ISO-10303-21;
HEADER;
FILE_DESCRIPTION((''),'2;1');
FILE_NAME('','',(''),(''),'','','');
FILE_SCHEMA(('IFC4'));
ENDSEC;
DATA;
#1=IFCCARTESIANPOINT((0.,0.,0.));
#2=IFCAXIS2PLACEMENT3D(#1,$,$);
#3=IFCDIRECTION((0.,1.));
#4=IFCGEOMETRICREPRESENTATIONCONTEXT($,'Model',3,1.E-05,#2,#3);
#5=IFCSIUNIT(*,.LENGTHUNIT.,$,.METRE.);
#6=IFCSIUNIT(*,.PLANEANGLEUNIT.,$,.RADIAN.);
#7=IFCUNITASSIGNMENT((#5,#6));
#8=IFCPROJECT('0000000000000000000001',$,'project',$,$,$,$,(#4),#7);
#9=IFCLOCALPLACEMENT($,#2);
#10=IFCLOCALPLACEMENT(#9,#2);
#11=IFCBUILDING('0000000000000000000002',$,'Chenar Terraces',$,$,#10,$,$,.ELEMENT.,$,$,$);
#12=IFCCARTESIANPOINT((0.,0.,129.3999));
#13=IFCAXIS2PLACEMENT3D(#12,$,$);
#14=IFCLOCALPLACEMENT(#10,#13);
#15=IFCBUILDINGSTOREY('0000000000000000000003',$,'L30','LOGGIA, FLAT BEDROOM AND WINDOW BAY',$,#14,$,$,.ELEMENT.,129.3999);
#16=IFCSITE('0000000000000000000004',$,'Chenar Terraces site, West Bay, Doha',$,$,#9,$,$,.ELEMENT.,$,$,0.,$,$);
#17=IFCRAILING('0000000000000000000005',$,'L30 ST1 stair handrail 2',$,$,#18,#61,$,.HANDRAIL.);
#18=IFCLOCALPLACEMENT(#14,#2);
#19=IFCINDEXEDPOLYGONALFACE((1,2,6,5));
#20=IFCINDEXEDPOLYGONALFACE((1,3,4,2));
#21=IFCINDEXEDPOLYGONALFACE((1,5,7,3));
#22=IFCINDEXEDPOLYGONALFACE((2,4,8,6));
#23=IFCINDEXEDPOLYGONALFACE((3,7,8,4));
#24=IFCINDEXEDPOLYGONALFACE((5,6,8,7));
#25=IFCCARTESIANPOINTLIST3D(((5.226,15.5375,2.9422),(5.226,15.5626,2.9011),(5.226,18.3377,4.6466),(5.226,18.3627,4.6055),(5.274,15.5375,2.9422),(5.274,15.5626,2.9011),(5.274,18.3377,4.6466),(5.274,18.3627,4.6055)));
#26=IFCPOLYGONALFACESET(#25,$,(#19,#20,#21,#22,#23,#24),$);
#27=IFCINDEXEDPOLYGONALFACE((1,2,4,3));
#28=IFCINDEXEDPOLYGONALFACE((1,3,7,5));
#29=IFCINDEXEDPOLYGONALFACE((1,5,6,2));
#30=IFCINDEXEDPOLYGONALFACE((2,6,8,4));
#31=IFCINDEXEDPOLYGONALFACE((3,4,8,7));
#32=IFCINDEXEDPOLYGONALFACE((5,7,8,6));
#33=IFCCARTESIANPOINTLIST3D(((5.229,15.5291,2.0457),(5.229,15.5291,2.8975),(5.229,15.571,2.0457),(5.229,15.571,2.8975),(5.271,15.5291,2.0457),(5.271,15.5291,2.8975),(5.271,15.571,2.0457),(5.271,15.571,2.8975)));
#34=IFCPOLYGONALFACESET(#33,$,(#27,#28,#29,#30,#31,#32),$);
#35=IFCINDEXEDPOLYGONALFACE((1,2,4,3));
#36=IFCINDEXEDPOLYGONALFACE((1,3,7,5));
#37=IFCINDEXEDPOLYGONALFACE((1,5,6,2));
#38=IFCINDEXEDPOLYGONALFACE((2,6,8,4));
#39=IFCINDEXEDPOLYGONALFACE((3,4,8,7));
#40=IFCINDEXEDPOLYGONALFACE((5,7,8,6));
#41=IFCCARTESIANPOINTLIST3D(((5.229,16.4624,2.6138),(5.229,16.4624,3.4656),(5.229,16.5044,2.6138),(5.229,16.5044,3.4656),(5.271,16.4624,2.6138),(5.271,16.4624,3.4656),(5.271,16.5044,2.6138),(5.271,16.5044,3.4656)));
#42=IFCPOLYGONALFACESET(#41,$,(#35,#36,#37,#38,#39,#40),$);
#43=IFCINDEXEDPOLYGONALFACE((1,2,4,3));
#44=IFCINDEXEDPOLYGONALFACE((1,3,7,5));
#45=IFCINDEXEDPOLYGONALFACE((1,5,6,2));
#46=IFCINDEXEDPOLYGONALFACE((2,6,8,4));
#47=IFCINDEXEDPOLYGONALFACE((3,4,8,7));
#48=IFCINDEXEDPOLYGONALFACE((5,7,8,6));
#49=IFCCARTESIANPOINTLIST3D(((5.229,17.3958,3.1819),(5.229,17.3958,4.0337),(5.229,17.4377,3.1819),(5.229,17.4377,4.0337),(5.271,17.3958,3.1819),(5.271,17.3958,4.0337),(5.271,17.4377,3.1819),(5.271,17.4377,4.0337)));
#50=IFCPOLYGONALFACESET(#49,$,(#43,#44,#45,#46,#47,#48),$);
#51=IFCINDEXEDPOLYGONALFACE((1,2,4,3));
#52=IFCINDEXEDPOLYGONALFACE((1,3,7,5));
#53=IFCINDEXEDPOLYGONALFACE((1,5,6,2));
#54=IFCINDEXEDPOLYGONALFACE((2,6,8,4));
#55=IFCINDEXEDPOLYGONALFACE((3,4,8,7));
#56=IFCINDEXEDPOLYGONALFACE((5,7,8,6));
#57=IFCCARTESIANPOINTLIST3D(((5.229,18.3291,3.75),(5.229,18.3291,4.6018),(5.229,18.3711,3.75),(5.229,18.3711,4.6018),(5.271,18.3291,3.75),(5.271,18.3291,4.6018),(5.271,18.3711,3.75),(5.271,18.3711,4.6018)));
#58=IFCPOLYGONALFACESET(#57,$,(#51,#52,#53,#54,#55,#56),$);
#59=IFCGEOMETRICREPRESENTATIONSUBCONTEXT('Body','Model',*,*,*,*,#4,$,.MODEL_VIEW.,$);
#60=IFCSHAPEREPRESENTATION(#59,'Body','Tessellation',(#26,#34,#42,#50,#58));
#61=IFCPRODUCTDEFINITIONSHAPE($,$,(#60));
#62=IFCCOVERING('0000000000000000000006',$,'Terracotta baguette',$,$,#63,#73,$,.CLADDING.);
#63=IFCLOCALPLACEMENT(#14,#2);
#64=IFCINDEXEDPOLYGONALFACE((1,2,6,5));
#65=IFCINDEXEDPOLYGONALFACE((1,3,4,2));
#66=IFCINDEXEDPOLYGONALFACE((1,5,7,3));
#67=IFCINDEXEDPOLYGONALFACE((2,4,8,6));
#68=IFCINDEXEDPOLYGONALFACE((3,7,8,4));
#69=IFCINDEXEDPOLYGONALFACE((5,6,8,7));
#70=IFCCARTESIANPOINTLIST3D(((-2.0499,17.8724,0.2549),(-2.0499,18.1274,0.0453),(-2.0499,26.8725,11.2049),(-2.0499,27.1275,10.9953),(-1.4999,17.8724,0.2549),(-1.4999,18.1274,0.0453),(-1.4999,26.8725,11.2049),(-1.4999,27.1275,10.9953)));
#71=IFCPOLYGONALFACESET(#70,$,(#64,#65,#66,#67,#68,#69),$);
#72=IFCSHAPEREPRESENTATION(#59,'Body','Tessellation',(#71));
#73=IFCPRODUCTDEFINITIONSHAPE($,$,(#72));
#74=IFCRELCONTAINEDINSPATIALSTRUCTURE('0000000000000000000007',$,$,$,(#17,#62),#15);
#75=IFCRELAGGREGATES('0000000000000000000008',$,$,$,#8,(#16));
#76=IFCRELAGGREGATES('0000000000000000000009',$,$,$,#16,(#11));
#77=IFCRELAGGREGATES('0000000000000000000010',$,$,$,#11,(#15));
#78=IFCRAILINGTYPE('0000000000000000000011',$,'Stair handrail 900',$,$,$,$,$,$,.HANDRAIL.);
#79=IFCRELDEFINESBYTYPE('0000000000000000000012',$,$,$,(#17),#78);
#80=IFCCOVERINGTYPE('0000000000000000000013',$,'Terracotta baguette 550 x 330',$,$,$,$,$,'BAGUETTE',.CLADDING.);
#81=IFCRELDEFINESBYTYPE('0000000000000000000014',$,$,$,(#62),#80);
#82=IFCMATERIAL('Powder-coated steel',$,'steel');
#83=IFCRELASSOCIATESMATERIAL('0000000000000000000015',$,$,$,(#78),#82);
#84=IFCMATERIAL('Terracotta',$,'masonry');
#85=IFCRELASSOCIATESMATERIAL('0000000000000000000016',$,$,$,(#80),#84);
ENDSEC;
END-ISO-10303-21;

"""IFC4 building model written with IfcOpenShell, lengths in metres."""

from ifc_helpers import new_model, si_unit, direction, frame, origin, origin_2d, place, context, subcontext, project, spatial, rectangle, extrude, material, material_profile, profile_set, type_object, element, save


model = new_model("IFC4")

# Units and contexts
model_context = context("Model", 3, precision=1e-05, world=origin(), true_north=direction((0.0, 1.0)))
body_context = subcontext(model_context, "Body", "Model", "MODEL_VIEW")
ifc_project = project(units=[si_unit("LENGTHUNIT", "METRE"), si_unit("PLANEANGLEUNIT", "RADIAN")], contexts=[model_context])

# Site, building, storey
site_placement = place(None, origin())
site = spatial("IfcSite", under=ifc_project, at=site_placement, Name="Chenar Terraces site, West Bay, Doha", CompositionType="ELEMENT", RefElevation=0.0)
building_placement = place(site_placement, origin())
building = spatial("IfcBuilding", under=site, at=building_placement, Name="Chenar Terraces", CompositionType="ELEMENT")
storey_placement = place(building_placement, frame((0.0, 0.0, 129.3999)))
storey = spatial("IfcBuildingStorey", under=building, at=storey_placement, Name="L30", Description="LOGGIA, FLAT BEDROOM AND WINDOW BAY", CompositionType="ELEMENT", Elevation=129.3999)

# Railing
ifc_material_1 = material(Name="Powder-coated steel", Category="steel")
railing_type_1 = type_object("IfcRailingType", Name="Stair handrail 900", PredefinedType="HANDRAIL", material=ifc_material_1)
railing_1_placement = place(storey_placement, frame((5.25, 15.55, 2.0457)))
element("IfcRailing", 1, at=railing_1_placement, inside=storey, type_object=railing_type_1, Name="L30 ST1 stair handrail 2", PredefinedType="HANDRAIL", context=body_context, shape_type="SweptSolid", body=[
    extrude(rectangle(XDim=0.0481, YDim=0.0481, at=origin_2d()), frame((0.0, 0.0, 0.876), z_axis=(0.0, 0.854203, 0.51994), x_axis=(-1.0, 0.0, 0.0)), (0.0, 0.0, 1.0), 3.2781),
    extrude(rectangle(XDim=0.042, YDim=0.042, at=origin_2d()), origin(), (0.0, 0.0, 1.0), 0.8518),
    extrude(rectangle(XDim=0.042, YDim=0.042, at=origin_2d()), frame((0.0, 0.9333, 0.5681)), (0.0, 0.0, 1.0), 0.8518),
    extrude(rectangle(XDim=0.042, YDim=0.042, at=origin_2d()), frame((0.0, 1.8667, 1.1362)), (0.0, 0.0, 1.0), 0.8518),
    extrude(rectangle(XDim=0.042, YDim=0.042, at=origin_2d()), frame((0.0, 2.8, 1.7043)), (0.0, 0.0, 1.0), 0.8518),
])

# Covering
ifc_material_2 = material(Name="Terracotta", Category="masonry")
ifc_material_profile_1 = material_profile(ifc_material_2, rectangle(XDim=0.55, YDim=0.3301, at=origin_2d()), Name="Terracotta baguette 550 x 330")
ifc_profile_set_1 = profile_set([ifc_material_profile_1], Name="Terracotta")
covering_type = type_object("IfcCoveringType", Name="Terracotta baguette 550 x 330", ElementType="BAGUETTE", PredefinedType="CLADDING", material=ifc_profile_set_1)
covering_placement = place(storey_placement, frame((-1.7749, 27.0, 11.1001), z_axis=(0.0, -0.634967, -0.772539), x_axis=(1.0, 0.0, 0.0)))
element("IfcCovering", 2, at=covering_placement, inside=storey, type_object=covering_type, Name="Terracotta baguette", PredefinedType="CLADDING", context=body_context, shape_type="SweptSolid", body=[
    extrude(rectangle(XDim=0.55, YDim=0.3301, at=origin_2d()), origin(), (0.0, 0.0, 1.0), 14.1741),
])

save(model, "model.ifc")
